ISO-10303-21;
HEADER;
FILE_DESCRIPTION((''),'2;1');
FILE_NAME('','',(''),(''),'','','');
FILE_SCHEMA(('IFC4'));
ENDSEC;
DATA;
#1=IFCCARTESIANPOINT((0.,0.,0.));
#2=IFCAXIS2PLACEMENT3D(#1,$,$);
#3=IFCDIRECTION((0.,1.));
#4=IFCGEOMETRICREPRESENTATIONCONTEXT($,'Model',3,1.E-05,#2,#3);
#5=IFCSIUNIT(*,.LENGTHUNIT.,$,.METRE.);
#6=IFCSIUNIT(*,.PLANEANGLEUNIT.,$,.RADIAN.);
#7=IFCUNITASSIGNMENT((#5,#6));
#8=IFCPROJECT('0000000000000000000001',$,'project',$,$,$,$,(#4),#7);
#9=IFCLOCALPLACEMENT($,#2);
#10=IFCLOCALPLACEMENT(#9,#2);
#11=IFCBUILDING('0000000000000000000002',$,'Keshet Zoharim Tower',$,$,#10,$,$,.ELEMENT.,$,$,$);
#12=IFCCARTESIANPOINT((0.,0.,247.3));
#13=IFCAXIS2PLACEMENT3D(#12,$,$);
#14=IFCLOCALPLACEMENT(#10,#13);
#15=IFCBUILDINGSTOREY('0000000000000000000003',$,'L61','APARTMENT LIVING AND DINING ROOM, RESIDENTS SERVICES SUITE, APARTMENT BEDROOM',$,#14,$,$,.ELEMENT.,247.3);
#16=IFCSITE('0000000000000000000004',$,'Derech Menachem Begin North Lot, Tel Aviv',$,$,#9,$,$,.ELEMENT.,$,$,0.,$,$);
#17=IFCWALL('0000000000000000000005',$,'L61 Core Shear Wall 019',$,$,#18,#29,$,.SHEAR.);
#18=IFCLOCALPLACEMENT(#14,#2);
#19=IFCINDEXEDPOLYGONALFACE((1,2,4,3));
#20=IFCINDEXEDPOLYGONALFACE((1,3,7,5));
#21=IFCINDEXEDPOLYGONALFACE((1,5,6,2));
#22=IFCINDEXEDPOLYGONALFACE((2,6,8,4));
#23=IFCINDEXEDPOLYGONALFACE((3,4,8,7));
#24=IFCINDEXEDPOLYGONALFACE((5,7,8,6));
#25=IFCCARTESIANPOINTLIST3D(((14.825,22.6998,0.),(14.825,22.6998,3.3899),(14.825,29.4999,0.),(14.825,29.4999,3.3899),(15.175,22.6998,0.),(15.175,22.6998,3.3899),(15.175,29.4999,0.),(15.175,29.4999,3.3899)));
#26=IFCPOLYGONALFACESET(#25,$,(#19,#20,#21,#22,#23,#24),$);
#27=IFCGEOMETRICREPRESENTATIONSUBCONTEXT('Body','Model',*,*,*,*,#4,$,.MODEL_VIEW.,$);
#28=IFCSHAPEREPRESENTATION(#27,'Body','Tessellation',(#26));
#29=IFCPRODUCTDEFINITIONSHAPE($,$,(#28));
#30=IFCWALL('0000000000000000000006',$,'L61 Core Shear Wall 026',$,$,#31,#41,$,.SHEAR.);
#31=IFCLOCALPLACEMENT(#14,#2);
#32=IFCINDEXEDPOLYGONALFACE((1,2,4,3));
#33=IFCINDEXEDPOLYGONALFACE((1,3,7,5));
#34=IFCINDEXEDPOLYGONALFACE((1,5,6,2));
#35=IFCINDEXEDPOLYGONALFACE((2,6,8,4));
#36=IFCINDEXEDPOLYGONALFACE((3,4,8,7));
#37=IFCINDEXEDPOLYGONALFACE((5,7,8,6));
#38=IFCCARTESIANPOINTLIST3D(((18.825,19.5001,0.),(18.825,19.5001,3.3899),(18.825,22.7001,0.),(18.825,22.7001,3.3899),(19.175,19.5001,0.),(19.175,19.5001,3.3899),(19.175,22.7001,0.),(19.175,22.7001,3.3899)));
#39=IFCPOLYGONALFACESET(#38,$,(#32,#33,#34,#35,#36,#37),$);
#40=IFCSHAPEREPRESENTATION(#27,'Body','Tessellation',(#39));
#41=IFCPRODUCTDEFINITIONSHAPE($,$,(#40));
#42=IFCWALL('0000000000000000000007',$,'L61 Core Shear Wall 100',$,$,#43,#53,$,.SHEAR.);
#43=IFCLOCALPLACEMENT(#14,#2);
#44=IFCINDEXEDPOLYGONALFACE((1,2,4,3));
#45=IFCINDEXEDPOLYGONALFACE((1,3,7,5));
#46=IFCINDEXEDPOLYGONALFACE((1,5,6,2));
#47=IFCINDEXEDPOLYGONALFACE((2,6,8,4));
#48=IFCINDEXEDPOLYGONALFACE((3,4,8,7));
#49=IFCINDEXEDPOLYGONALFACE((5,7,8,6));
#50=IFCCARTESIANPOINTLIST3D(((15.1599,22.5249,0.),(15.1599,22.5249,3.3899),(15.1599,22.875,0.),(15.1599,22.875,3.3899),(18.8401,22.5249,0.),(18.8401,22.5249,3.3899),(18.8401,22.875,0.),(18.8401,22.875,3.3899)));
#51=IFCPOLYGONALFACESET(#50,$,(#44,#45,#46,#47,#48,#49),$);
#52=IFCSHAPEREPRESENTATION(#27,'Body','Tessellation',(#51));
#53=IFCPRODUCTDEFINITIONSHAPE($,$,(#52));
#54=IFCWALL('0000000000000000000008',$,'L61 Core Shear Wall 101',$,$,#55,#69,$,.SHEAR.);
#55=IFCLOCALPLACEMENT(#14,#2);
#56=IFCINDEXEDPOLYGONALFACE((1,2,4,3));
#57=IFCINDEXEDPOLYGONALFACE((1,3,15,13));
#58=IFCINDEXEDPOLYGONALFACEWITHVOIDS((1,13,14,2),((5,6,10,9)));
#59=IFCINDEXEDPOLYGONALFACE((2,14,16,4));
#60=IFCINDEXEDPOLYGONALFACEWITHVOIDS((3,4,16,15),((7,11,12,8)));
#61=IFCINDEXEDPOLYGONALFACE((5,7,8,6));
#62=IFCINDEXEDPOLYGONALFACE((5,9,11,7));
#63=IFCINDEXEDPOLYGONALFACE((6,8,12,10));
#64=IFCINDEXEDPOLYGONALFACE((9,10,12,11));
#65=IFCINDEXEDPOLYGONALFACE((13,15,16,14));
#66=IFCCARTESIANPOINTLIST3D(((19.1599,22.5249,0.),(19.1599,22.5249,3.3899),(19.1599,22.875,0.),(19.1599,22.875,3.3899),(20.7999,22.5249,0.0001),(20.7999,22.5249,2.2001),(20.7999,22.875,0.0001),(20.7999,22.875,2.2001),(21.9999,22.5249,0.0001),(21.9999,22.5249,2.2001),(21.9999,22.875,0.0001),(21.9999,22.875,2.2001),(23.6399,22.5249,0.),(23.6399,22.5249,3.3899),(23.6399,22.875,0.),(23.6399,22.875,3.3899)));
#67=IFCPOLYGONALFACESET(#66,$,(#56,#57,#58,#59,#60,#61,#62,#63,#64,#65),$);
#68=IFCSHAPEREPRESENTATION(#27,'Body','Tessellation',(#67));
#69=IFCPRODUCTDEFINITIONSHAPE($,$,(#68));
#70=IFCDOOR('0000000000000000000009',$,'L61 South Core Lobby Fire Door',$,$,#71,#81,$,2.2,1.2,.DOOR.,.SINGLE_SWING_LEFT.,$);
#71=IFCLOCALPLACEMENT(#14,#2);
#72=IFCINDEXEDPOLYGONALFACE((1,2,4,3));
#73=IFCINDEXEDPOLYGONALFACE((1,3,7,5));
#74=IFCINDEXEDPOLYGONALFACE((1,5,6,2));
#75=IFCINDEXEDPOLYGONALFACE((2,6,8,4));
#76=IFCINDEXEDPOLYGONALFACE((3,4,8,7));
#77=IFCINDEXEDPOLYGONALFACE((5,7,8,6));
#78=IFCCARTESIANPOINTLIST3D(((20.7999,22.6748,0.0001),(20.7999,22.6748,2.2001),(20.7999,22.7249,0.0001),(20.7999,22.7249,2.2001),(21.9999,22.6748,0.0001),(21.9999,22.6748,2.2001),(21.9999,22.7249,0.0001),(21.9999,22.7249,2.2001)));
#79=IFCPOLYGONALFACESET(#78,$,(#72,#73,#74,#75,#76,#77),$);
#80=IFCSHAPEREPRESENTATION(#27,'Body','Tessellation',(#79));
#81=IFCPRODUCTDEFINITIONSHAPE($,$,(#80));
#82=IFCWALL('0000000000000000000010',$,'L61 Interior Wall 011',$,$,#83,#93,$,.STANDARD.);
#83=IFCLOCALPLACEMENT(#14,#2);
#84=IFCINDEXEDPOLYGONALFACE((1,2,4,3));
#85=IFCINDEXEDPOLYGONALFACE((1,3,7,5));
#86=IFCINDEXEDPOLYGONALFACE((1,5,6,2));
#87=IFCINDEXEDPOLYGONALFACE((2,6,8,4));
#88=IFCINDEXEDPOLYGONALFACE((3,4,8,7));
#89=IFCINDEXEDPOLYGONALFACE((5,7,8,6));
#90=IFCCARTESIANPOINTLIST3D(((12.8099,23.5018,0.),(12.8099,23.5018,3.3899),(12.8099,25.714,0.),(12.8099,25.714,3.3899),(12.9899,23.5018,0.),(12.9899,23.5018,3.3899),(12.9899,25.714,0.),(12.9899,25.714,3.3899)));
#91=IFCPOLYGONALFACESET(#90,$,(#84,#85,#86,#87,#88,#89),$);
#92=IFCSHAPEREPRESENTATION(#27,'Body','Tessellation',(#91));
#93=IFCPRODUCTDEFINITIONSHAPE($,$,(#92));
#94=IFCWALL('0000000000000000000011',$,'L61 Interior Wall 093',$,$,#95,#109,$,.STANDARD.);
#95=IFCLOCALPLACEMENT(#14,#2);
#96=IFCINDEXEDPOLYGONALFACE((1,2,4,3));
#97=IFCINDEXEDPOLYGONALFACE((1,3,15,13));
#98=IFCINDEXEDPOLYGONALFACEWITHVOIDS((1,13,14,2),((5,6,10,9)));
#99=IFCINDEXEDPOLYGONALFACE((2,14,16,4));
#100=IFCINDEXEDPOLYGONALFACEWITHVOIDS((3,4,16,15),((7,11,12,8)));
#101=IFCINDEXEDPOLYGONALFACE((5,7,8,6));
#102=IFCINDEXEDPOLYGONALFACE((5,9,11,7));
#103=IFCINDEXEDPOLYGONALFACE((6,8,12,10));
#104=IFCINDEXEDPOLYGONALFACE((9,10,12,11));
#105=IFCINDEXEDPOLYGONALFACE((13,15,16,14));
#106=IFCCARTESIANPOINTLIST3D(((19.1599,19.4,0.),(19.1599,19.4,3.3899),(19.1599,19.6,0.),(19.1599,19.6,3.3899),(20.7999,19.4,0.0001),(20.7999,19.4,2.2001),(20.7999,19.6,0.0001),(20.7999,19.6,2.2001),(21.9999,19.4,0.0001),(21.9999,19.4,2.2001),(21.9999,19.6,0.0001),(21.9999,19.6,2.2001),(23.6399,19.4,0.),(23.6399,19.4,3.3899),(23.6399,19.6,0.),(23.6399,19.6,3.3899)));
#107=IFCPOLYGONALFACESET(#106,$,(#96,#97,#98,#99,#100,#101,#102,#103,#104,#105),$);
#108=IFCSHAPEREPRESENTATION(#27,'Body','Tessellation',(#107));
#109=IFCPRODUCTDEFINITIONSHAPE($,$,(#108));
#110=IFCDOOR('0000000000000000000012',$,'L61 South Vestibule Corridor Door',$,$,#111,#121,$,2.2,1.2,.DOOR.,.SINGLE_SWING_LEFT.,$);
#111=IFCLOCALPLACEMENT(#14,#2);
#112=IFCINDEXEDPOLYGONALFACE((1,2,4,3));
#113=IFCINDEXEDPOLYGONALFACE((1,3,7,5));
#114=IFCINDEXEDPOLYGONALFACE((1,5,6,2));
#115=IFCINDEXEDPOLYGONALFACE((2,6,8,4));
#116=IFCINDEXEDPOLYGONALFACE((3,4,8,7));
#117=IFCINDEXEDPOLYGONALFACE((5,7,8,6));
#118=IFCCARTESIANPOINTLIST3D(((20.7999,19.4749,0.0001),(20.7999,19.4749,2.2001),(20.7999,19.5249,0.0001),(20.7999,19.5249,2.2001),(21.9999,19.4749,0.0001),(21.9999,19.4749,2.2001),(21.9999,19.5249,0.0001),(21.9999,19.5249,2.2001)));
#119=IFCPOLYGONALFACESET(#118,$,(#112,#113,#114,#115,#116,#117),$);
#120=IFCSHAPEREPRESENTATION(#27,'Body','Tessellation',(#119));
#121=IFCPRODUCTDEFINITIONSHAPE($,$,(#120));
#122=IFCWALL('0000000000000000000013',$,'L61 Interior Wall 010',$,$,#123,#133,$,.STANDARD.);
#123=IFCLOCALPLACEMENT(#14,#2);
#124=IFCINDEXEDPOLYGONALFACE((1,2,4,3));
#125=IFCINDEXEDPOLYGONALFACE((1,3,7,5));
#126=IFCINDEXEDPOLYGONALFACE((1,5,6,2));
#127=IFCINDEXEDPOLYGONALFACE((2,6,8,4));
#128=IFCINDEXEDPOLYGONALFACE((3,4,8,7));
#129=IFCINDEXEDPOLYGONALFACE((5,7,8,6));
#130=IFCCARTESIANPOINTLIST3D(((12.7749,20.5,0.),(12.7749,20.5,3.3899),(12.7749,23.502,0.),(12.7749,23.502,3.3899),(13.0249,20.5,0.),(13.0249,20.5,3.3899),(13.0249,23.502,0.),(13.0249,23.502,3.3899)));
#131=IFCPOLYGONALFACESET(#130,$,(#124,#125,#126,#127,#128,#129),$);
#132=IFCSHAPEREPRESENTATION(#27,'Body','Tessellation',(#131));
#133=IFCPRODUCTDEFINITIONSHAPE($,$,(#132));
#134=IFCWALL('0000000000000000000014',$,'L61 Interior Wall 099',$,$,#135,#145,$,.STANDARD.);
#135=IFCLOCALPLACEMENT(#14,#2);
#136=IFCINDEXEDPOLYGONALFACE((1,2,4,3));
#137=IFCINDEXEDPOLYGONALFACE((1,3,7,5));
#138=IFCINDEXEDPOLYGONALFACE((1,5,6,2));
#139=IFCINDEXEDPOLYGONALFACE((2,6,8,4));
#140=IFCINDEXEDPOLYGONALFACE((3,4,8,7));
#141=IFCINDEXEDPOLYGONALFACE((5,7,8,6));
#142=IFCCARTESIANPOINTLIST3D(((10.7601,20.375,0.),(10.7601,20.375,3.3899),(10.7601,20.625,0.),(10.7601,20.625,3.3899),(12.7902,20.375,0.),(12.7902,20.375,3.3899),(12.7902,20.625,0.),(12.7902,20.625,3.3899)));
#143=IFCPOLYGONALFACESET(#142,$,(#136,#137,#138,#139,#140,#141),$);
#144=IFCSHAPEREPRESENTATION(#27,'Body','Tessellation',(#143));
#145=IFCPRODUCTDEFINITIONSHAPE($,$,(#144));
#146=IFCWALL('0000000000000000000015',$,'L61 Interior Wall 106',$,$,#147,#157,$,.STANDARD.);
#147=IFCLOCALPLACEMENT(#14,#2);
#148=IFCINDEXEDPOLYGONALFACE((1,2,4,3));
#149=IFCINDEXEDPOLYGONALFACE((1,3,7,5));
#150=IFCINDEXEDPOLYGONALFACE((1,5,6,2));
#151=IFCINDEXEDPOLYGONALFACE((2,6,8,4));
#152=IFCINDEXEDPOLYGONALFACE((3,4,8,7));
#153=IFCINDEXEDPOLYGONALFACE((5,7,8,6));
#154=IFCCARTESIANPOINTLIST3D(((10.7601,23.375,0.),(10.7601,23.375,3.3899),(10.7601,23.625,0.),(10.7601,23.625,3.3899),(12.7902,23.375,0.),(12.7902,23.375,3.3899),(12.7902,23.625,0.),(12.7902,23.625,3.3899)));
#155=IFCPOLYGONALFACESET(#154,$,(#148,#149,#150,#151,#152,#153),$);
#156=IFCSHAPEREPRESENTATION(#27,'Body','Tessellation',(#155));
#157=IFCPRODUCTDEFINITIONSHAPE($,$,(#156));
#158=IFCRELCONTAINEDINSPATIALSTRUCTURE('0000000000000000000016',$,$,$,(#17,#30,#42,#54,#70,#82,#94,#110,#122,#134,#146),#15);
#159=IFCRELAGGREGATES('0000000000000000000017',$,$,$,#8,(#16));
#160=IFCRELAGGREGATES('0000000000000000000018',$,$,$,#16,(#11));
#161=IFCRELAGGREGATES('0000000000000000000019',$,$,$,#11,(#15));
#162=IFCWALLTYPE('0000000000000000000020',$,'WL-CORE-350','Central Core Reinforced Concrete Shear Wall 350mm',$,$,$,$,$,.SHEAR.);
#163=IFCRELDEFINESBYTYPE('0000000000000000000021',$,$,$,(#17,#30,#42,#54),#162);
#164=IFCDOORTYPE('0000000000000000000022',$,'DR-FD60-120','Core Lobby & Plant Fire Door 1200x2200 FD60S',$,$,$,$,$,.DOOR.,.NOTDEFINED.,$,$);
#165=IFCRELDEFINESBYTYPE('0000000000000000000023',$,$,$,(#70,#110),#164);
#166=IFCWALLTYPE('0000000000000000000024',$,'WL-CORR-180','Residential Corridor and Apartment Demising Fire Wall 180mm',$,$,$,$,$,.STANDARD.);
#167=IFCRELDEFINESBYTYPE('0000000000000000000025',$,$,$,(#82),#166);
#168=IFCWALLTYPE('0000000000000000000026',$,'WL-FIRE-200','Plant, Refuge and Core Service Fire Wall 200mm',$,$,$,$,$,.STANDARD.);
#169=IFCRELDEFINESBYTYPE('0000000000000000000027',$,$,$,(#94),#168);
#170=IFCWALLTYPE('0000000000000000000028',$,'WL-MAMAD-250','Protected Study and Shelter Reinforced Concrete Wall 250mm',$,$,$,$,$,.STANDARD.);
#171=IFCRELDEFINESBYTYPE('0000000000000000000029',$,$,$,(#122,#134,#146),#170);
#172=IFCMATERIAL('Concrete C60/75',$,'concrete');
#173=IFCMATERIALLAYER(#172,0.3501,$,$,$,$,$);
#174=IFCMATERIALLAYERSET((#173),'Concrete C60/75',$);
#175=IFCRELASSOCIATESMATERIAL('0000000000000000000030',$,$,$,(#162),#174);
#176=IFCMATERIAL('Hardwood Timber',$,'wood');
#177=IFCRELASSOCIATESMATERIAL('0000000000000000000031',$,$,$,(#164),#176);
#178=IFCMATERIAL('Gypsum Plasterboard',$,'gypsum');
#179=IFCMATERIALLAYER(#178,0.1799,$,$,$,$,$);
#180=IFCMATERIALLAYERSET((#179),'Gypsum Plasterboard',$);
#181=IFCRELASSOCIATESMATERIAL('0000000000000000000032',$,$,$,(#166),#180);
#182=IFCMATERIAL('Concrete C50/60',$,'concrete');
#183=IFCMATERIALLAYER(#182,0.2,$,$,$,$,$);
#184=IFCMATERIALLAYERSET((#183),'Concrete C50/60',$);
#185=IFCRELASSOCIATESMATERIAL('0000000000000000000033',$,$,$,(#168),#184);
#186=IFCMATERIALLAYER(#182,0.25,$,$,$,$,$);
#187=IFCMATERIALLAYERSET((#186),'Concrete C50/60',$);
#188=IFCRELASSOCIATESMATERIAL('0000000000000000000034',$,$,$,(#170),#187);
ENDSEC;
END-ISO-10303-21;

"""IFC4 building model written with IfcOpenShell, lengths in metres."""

from ifc_helpers import new_model, si_unit, direction, frame, frame_2d, origin, place, context, subcontext, project, spatial, rectangle, extrude, material, layer, layer_set, type_object, element, fill, save


model = new_model("IFC4")

# Units and contexts
model_context = context("Model", 3, precision=1e-05, world=origin(), true_north=direction((0.0, 1.0)))
body_context = subcontext(model_context, "Body", "Model", "MODEL_VIEW")
ifc_project = project(units=[si_unit("LENGTHUNIT", "METRE"), si_unit("PLANEANGLEUNIT", "RADIAN")], contexts=[model_context])

# Site, building, storey
site_placement = place(None, origin())
site = spatial("IfcSite", under=ifc_project, at=site_placement, Name="Derech Menachem Begin North Lot, Tel Aviv", CompositionType="ELEMENT", RefElevation=0.0)
building_placement = place(site_placement, origin())
building = spatial("IfcBuilding", under=site, at=building_placement, Name="Keshet Zoharim Tower", CompositionType="ELEMENT")
storey_placement = place(building_placement, frame((0.0, 0.0, 247.3)))
storey = spatial("IfcBuildingStorey", under=building, at=storey_placement, Name="L61", Description="APARTMENT LIVING AND DINING ROOM, RESIDENTS SERVICES SUITE, APARTMENT BEDROOM", CompositionType="ELEMENT", Elevation=247.3)

# Shared definitions
ifc_material_1 = material(Name="Concrete C50/60", Category="concrete")

# Walls
ifc_material_2 = material(Name="Concrete C60/75", Category="concrete")
ifc_layer_1 = layer(ifc_material_2, 0.3501)
ifc_layer_set_1 = layer_set([ifc_layer_1], Name="Concrete C60/75")
wall_type_1 = type_object("IfcWallType", Name="WL-CORE-350", Description="Central Core Reinforced Concrete Shear Wall 350mm", PredefinedType="SHEAR", material=ifc_layer_set_1)
wall_1_placement = place(storey_placement, frame((15.0, 22.7, 0.0), z_axis=(0.0, 0.0, 1.0), x_axis=(0.0, 1.0, 0.0)))
element("IfcWall", 1, at=wall_1_placement, inside=storey, type_object=wall_type_1, Name="L61 Core Shear Wall 019", PredefinedType="SHEAR", context=body_context, shape_type="SweptSolid", body=[
    extrude(rectangle(XDim=6.8, YDim=0.3501, at=frame_2d((3.3999, 0.0))), origin(), (0.0, 0.0, 1.0), 3.3899),
])
wall_2_placement = place(storey_placement, frame((19.0, 19.5, 0.0), z_axis=(0.0, 0.0, 1.0), x_axis=(0.0, 1.0, 0.0)))
element("IfcWall", 2, at=wall_2_placement, inside=storey, type_object=wall_type_1, Name="L61 Core Shear Wall 026", PredefinedType="SHEAR", context=body_context, shape_type="SweptSolid", body=[
    extrude(rectangle(XDim=3.2, YDim=0.3501, at=frame_2d((1.6001, 0.0))), origin(), (0.0, 0.0, 1.0), 3.3899),
])

# Shared definitions
ifc_material_3 = material(Name="Hardwood Timber", Category="wood")

# Wall
wall_3_placement = place(storey_placement, frame((15.1599, 22.7, 0.0), z_axis=(0.0, 0.0, 1.0), x_axis=(1.0, 0.0, 0.0)))
element("IfcWall", 3, at=wall_3_placement, inside=storey, type_object=wall_type_1, Name="L61 Core Shear Wall 100", PredefinedType="SHEAR", context=body_context, shape_type="SweptSolid", body=[
    extrude(rectangle(XDim=3.6802, YDim=0.3501, at=frame_2d((1.8401, 0.0))), origin(), (0.0, 0.0, 1.0), 3.3899),
])

# Wall, opening, door
wall_4_placement = place(storey_placement, frame((19.1599, 22.7, 0.0), z_axis=(0.0, 0.0, 1.0), x_axis=(1.0, 0.0, 0.0)))
wall_4 = element("IfcWall", 4, at=wall_4_placement, inside=storey, type_object=wall_type_1, Name="L61 Core Shear Wall 101", PredefinedType="SHEAR", context=body_context, shape_type="SweptSolid", body=[
    extrude(rectangle(XDim=4.48, YDim=0.3501, at=frame_2d((2.24, 0.0))), origin(), (0.0, 0.0, 1.0), 3.3899),
])
opening_1_placement = place(wall_4_placement, frame((1.6399, 0.0, 0.0)))
opening_1 = element("IfcOpeningElement", 5, at=opening_1_placement, cuts=wall_4, PredefinedType="OPENING", context=body_context, shape_type="SweptSolid", body=[
    extrude(rectangle(XDim=1.2, YDim=2.2, at=frame_2d((0.6001, 1.1001))), frame((0.0, 0.1851, 0.0), z_axis=(0.0, -1.0, 0.0), x_axis=(1.0, 0.0, 0.0)), (0.0, 0.0, 1.0), 0.3701),
])
door_type_1 = type_object("IfcDoorType", Name="DR-FD60-120", Description="Core Lobby & Plant Fire Door 1200x2200 FD60S", OperationType="NOTDEFINED", PredefinedType="DOOR", material=ifc_material_3)
door_1_placement = place(opening_1_placement, origin())
door_1 = element("IfcDoor", 6, at=door_1_placement, inside=storey, type_object=door_type_1, Name="L61 South Core Lobby Fire Door", OperationType="SINGLE_SWING_LEFT", OverallHeight=2.2, OverallWidth=1.2, PredefinedType="DOOR", context=body_context, shape_type="SweptSolid", body=[
    extrude(rectangle(XDim=1.2, YDim=2.2, at=frame_2d((0.6001, 1.1001))), frame((0.0, 0.0249, 0.0), z_axis=(0.0, -1.0, 0.0), x_axis=(1.0, 0.0, 0.0)), (0.0, 0.0, 1.0), 0.05),
])
fill(opening_1, door_1)

# Wall
ifc_material_4 = material(Name="Gypsum Plasterboard", Category="gypsum")
ifc_layer_2 = layer(ifc_material_4, 0.1799)
ifc_layer_set_2 = layer_set([ifc_layer_2], Name="Gypsum Plasterboard")
wall_type_2 = type_object("IfcWallType", Name="WL-CORR-180", Description="Residential Corridor and Apartment Demising Fire Wall 180mm", PredefinedType="STANDARD", material=ifc_layer_set_2)
wall_5_placement = place(storey_placement, frame((12.8999, 23.502, 0.0), z_axis=(0.0, 0.0, 1.0), x_axis=(0.0, 1.0, 0.0)))
element("IfcWall", 7, at=wall_5_placement, inside=storey, type_object=wall_type_2, Name="L61 Interior Wall 011", PredefinedType="STANDARD", context=body_context, shape_type="SweptSolid", body=[
    extrude(rectangle(XDim=2.2122, YDim=0.1799, at=frame_2d((1.106, 0.0))), origin(), (0.0, 0.0, 1.0), 3.3899),
])

# Wall, opening, door
ifc_layer_3 = layer(ifc_material_1, 0.2)
ifc_layer_set_3 = layer_set([ifc_layer_3], Name="Concrete C50/60")
wall_type_3 = type_object("IfcWallType", Name="WL-FIRE-200", Description="Plant, Refuge and Core Service Fire Wall 200mm", PredefinedType="STANDARD", material=ifc_layer_set_3)
wall_6_placement = place(storey_placement, frame((19.1599, 19.5, 0.0), z_axis=(0.0, 0.0, 1.0), x_axis=(1.0, 0.0, 0.0)))
wall_6 = element("IfcWall", 8, at=wall_6_placement, inside=storey, type_object=wall_type_3, Name="L61 Interior Wall 093", PredefinedType="STANDARD", context=body_context, shape_type="SweptSolid", body=[
    extrude(rectangle(XDim=4.48, YDim=0.2, at=frame_2d((2.24, 0.0))), origin(), (0.0, 0.0, 1.0), 3.3899),
])
opening_2_placement = place(wall_6_placement, frame((1.6399, 0.0, 0.0)))
opening_2 = element("IfcOpeningElement", 9, at=opening_2_placement, cuts=wall_6, PredefinedType="OPENING", context=body_context, shape_type="SweptSolid", body=[
    extrude(rectangle(XDim=1.2, YDim=2.2, at=frame_2d((0.6001, 1.1001))), frame((0.0, 0.1099, 0.0), z_axis=(0.0, -1.0, 0.0), x_axis=(1.0, 0.0, 0.0)), (0.0, 0.0, 1.0), 0.22),
])
door_2_placement = place(opening_2_placement, origin())
door_2 = element("IfcDoor", 10, at=door_2_placement, inside=storey, type_object=door_type_1, Name="L61 South Vestibule Corridor Door", OperationType="SINGLE_SWING_LEFT", OverallHeight=2.2, OverallWidth=1.2, PredefinedType="DOOR", context=body_context, shape_type="SweptSolid", body=[
    extrude(rectangle(XDim=1.2, YDim=2.2, at=frame_2d((0.6001, 1.1001))), frame((0.0, 0.0249, 0.0), z_axis=(0.0, -1.0, 0.0), x_axis=(1.0, 0.0, 0.0)), (0.0, 0.0, 1.0), 0.05),
])
fill(opening_2, door_2)

# Walls
ifc_layer_4 = layer(ifc_material_1, 0.25)
ifc_layer_set_4 = layer_set([ifc_layer_4], Name="Concrete C50/60")
wall_type_4 = type_object("IfcWallType", Name="WL-MAMAD-250", Description="Protected Study and Shelter Reinforced Concrete Wall 250mm", PredefinedType="STANDARD", material=ifc_layer_set_4)
wall_7_placement = place(storey_placement, frame((12.8999, 20.5, 0.0), z_axis=(0.0, 0.0, 1.0), x_axis=(0.0, 1.0, 0.0)))
element("IfcWall", 11, at=wall_7_placement, inside=storey, type_object=wall_type_4, Name="L61 Interior Wall 010", PredefinedType="STANDARD", context=body_context, shape_type="SweptSolid", body=[
    extrude(rectangle(XDim=3.002, YDim=0.25, at=frame_2d((1.501, 0.0))), origin(), (0.0, 0.0, 1.0), 3.3899),
])
for number, where, z_axis, x_axis, name in (
    (12, (10.76, 20.5, 0.0), (0.0, 0.0, 1.0), (1.0, 0.0, 0.0), "L61 Interior Wall 099"),
    (13, (10.76, 23.5, 0.0), (0.0, 0.0, 1.0), (1.0, 0.0, 0.0), "L61 Interior Wall 106"),
):
    element("IfcWall", number, at=place(storey_placement, frame(where, z_axis=z_axis, x_axis=x_axis)), inside=storey, type_object=wall_type_4, Name=name, PredefinedType="STANDARD", context=body_context, shape_type="SweptSolid", body=[
        extrude(rectangle(XDim=2.03, YDim=0.25, at=frame_2d((1.0151, 0.0))), origin(), (0.0, 0.0, 1.0), 3.3899),
    ])

save(model, "model.ifc")
